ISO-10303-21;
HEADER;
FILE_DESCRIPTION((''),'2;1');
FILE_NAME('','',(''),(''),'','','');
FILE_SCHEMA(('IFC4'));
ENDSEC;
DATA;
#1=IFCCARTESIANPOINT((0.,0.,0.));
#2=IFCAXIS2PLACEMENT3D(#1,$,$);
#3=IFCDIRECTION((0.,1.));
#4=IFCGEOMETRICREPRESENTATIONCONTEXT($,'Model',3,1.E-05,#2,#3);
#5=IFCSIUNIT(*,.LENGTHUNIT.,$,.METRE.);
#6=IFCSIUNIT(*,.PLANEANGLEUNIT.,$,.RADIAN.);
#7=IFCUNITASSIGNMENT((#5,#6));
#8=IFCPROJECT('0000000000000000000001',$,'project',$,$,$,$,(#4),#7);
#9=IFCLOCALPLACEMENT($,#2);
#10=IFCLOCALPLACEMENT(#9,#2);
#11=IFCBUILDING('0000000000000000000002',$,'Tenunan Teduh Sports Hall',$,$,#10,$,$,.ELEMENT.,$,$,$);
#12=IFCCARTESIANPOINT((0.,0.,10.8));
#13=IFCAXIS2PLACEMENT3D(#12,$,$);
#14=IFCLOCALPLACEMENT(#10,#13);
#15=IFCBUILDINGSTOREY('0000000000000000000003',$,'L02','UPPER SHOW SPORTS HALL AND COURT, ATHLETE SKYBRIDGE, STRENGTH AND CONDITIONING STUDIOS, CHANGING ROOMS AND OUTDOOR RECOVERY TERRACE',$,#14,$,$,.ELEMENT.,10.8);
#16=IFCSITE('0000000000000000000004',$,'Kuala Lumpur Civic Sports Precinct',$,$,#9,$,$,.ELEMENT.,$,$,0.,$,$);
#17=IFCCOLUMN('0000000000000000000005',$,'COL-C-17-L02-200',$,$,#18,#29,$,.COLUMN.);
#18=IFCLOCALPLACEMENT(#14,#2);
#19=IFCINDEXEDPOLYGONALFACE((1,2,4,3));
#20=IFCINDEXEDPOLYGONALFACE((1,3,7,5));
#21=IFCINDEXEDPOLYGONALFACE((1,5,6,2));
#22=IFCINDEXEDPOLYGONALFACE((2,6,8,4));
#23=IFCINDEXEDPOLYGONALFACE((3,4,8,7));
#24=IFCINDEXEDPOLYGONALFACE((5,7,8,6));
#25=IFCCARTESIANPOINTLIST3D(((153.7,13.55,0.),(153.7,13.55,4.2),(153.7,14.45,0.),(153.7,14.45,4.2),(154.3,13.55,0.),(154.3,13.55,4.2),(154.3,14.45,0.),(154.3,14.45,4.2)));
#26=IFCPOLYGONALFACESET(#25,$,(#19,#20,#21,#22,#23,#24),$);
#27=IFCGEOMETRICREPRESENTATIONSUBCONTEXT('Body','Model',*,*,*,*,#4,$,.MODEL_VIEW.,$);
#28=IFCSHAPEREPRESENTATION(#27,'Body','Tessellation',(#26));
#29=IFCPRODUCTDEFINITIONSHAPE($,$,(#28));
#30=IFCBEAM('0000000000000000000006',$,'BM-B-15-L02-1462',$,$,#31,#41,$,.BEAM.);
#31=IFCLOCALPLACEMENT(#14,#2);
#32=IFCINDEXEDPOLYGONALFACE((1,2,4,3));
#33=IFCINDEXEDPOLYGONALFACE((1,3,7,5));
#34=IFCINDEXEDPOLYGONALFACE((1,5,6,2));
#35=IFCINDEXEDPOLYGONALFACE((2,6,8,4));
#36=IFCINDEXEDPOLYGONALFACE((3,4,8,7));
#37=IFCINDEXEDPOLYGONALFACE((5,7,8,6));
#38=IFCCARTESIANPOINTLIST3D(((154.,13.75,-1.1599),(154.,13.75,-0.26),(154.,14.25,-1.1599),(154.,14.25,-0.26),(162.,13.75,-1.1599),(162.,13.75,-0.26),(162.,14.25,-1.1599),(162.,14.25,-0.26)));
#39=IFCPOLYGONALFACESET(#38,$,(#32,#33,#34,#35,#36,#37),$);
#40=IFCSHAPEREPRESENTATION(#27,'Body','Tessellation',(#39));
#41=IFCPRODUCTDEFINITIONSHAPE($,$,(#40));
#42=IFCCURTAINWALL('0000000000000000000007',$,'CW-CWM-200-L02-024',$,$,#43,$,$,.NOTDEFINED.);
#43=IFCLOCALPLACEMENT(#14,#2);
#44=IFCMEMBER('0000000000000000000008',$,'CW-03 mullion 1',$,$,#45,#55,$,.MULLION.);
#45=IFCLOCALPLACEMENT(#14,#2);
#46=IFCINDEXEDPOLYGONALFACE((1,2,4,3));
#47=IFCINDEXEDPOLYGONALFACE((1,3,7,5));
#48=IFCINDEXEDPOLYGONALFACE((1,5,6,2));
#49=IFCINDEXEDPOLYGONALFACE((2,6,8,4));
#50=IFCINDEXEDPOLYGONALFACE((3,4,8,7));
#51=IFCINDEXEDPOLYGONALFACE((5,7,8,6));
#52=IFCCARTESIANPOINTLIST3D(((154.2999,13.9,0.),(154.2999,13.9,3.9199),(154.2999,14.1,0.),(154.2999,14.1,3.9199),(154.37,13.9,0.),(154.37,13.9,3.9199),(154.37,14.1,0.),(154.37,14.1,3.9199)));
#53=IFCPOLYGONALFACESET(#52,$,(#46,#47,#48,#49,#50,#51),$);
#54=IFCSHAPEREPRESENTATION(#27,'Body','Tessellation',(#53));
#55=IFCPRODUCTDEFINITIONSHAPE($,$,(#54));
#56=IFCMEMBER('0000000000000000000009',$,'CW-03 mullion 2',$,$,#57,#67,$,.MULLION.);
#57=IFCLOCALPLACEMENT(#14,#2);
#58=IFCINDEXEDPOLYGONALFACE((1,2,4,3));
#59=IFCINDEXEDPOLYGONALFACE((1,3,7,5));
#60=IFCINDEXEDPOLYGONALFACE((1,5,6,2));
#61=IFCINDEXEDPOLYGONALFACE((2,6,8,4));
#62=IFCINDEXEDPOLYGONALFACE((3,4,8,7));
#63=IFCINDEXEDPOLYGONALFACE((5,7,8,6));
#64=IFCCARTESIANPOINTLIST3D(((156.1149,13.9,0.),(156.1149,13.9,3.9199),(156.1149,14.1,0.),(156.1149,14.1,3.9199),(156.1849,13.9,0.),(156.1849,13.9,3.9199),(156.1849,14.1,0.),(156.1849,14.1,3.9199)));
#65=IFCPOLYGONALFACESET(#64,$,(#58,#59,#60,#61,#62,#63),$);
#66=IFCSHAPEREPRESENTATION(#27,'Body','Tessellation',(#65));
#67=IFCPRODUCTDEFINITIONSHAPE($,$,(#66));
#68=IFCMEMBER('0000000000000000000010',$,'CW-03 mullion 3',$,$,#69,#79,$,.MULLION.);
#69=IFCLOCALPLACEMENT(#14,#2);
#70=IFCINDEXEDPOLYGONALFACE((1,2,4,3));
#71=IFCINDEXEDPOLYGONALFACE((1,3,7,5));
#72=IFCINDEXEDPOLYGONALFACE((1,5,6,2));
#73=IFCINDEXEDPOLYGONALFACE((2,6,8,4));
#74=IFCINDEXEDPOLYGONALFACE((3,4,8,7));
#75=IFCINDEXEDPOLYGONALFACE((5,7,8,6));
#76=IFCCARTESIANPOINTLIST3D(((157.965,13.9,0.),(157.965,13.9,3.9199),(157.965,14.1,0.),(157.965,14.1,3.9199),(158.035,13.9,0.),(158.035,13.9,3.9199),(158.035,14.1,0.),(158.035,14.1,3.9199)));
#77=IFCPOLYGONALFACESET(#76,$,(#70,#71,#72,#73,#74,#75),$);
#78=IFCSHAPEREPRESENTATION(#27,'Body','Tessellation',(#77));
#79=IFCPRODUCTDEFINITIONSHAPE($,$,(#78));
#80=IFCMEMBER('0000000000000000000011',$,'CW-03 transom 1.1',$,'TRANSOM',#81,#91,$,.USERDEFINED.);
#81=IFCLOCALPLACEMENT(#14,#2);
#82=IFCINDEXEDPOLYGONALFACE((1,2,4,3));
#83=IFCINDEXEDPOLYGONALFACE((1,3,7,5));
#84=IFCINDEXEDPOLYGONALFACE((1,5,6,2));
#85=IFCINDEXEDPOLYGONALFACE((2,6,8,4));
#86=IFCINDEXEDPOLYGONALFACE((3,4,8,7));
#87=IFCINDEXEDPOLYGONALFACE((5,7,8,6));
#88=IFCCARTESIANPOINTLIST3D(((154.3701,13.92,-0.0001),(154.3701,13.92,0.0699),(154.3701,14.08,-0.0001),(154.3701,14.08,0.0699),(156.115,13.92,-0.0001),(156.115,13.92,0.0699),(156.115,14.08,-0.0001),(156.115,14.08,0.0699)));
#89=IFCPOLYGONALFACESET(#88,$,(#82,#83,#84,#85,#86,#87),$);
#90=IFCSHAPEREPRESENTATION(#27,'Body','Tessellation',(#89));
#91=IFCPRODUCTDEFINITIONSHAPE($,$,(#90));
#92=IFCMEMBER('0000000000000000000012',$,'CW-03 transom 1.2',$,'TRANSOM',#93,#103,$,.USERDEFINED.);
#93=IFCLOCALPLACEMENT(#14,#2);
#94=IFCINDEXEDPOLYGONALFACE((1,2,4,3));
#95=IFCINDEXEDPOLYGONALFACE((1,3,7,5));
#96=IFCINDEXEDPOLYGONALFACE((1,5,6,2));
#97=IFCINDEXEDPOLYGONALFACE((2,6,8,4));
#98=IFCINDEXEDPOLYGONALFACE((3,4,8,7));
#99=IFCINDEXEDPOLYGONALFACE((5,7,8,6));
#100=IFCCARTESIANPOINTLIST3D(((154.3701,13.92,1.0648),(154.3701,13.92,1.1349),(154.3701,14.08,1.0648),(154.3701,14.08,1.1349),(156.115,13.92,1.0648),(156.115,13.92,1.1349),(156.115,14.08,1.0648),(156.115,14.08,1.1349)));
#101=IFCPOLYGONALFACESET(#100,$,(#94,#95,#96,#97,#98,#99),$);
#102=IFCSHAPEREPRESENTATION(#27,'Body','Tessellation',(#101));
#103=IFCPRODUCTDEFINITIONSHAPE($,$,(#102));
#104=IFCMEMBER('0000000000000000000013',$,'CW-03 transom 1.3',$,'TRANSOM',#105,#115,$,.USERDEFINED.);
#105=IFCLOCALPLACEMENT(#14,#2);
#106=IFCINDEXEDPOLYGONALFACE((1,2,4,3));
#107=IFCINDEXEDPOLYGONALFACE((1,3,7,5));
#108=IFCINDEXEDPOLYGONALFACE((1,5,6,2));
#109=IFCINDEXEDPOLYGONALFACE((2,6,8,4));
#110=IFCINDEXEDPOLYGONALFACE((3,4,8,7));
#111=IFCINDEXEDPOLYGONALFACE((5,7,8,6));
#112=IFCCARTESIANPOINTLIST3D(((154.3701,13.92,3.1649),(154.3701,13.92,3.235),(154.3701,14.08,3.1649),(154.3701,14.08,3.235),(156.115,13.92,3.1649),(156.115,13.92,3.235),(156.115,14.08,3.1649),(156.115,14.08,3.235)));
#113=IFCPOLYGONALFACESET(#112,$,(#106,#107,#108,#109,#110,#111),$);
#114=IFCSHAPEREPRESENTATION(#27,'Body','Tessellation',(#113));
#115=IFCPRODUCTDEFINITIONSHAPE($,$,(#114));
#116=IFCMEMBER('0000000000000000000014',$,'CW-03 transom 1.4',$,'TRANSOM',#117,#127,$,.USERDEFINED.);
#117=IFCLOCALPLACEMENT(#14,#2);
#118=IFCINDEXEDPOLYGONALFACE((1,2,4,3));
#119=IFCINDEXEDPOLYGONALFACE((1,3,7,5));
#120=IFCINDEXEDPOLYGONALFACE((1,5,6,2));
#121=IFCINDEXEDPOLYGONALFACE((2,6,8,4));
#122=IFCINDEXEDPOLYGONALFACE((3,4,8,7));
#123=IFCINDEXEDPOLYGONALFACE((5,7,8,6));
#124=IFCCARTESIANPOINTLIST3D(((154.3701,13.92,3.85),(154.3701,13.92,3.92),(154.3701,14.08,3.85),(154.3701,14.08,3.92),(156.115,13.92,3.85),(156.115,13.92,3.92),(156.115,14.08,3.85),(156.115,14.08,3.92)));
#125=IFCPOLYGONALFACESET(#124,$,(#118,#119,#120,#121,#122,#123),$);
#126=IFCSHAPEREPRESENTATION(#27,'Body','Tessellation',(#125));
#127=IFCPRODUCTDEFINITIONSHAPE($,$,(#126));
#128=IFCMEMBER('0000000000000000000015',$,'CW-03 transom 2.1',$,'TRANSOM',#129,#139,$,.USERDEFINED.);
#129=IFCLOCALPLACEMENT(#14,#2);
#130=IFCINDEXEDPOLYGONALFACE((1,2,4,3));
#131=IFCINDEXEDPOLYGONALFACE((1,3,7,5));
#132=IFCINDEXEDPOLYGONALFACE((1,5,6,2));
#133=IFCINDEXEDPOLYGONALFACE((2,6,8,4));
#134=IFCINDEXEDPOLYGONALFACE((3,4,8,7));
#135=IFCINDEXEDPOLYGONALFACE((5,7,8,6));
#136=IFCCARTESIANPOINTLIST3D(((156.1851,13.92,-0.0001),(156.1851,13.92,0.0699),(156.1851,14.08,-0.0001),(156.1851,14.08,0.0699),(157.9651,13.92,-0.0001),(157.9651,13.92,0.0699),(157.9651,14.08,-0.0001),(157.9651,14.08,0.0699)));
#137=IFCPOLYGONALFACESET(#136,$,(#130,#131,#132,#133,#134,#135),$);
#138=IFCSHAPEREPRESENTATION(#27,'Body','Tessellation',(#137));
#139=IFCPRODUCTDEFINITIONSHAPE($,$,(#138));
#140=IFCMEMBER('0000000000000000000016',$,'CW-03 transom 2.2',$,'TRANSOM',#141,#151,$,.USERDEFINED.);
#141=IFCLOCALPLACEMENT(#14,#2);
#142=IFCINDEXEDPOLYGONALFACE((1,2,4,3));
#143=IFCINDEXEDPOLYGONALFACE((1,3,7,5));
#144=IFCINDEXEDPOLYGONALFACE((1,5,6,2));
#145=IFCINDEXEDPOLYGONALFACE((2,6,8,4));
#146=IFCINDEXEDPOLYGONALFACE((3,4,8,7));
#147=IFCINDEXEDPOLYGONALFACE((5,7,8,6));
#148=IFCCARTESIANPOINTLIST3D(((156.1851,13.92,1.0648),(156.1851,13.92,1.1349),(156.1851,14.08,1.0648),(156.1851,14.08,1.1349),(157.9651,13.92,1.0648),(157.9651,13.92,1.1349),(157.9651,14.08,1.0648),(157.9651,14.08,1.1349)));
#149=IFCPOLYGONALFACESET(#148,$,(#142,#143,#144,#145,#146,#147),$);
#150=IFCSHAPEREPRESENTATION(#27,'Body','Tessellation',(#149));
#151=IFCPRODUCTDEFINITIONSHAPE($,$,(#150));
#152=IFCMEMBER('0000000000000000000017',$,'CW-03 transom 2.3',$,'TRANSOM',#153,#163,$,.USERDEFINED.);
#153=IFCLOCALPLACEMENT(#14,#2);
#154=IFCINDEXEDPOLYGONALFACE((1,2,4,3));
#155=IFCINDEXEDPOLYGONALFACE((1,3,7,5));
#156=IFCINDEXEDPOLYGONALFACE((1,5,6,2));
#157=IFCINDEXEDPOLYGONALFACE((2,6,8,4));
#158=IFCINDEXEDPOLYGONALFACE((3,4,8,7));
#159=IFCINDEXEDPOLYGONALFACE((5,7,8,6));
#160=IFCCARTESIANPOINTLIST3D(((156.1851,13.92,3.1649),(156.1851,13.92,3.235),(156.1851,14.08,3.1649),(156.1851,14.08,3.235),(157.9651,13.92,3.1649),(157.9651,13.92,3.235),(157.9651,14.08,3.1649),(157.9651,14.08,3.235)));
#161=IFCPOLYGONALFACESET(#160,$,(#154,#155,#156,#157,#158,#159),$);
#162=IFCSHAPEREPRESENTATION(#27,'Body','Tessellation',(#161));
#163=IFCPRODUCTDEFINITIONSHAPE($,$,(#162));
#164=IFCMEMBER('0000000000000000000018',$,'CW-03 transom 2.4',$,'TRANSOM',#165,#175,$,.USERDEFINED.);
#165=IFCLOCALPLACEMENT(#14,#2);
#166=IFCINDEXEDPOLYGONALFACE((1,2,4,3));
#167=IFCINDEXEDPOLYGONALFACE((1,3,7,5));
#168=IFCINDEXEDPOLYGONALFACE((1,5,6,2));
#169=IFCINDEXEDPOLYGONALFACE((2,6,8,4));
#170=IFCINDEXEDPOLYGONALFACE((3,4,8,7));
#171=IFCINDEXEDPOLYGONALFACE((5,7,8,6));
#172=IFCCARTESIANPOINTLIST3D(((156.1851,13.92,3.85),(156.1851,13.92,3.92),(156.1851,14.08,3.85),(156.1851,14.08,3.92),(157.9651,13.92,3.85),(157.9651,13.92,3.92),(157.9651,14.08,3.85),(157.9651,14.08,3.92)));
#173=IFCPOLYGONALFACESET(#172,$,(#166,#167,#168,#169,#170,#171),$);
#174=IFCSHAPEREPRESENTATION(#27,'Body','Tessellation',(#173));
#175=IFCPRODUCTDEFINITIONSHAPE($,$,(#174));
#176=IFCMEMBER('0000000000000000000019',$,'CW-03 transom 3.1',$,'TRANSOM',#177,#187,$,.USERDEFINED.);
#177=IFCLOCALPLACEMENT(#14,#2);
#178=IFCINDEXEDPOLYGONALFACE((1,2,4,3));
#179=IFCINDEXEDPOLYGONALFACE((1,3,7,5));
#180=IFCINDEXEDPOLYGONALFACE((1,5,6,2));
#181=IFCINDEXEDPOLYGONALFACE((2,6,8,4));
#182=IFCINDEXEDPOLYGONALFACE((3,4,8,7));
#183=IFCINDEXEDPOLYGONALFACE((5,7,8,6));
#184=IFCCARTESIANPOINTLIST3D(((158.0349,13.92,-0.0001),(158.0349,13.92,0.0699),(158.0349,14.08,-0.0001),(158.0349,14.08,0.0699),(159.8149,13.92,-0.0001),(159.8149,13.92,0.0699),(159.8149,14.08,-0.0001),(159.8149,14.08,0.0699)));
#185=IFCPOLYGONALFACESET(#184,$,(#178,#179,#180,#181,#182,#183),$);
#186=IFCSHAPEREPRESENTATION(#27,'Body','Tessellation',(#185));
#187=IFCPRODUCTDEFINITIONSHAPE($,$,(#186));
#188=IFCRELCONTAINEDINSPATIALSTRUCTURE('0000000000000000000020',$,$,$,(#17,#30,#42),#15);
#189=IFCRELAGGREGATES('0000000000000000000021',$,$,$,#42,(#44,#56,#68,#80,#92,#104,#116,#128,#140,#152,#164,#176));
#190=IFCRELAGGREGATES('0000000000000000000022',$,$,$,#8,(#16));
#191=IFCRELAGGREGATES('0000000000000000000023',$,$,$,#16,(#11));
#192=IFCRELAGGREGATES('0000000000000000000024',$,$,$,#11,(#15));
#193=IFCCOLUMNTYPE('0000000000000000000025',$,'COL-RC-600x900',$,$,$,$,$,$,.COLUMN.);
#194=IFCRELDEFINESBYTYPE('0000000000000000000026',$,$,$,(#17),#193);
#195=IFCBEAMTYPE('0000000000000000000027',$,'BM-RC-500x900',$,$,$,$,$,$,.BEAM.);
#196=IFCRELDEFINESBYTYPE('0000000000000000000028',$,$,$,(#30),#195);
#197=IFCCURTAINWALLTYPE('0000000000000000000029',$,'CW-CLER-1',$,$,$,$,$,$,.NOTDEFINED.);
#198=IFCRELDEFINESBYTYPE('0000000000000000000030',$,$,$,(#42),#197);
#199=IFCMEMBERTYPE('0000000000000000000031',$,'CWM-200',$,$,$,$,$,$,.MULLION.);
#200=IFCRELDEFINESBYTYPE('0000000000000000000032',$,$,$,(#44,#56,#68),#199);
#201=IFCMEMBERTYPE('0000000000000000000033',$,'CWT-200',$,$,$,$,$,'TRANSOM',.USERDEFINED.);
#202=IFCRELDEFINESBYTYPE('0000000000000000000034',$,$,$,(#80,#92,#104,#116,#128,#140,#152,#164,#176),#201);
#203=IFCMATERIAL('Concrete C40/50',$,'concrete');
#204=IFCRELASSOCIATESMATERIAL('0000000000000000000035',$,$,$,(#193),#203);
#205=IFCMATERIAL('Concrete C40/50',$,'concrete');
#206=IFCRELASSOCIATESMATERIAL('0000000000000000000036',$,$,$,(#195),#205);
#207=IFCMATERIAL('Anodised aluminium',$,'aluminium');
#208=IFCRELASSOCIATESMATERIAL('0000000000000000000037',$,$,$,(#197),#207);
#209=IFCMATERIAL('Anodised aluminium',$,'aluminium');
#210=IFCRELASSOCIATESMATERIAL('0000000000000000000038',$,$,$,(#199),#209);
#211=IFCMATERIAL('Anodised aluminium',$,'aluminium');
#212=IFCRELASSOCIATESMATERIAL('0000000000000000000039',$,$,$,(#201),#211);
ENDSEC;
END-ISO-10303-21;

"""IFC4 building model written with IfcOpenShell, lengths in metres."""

from ifc_helpers import new_model, si_unit, direction, frame, origin, origin_2d, place, context, subcontext, project, spatial, rectangle, extrude, material, material_profile, profile_set, type_object, element, aggregate, save


model = new_model("IFC4")

# Units and contexts
model_context = context("Model", 3, precision=1e-05, world=origin(), true_north=direction((0.0, 1.0)))
body_context = subcontext(model_context, "Body", "Model", "MODEL_VIEW")
ifc_project = project(units=[si_unit("LENGTHUNIT", "METRE"), si_unit("PLANEANGLEUNIT", "RADIAN")], contexts=[model_context])

# Site, building, storey
site_placement = place(None, origin())
site = spatial("IfcSite", under=ifc_project, at=site_placement, Name="Kuala Lumpur Civic Sports Precinct", CompositionType="ELEMENT", RefElevation=0.0)
building_placement = place(site_placement, origin())
building = spatial("IfcBuilding", under=site, at=building_placement, Name="Tenunan Teduh Sports Hall", CompositionType="ELEMENT")
storey_placement = place(building_placement, frame((0.0, 0.0, 10.8)))
storey = spatial("IfcBuildingStorey", under=building, at=storey_placement, Name="L02", Description="UPPER SHOW SPORTS HALL AND COURT, ATHLETE SKYBRIDGE, STRENGTH AND CONDITIONING STUDIOS, CHANGING ROOMS AND OUTDOOR RECOVERY TERRACE", CompositionType="ELEMENT", Elevation=10.8)

# Column
ifc_material_1 = material(Name="Concrete C40/50", Category="concrete")
ifc_material_profile_1 = material_profile(ifc_material_1, rectangle(XDim=0.6001, YDim=0.8999, at=origin_2d()), Name="RC 600x900")
ifc_profile_set_1 = profile_set([ifc_material_profile_1], Name="Concrete C40/50")
column_type = type_object("IfcColumnType", Name="COL-RC-600x900", PredefinedType="COLUMN", material=ifc_profile_set_1)
column_placement = place(storey_placement, frame((154.0, 14.0, 0.0), z_axis=(0.0, 0.0, 1.0), x_axis=(1.0, 0.0, 0.0)))
element("IfcColumn", 1, at=column_placement, inside=storey, type_object=column_type, Name="COL-C-17-L02-200", PredefinedType="COLUMN", context=body_context, shape_type="SweptSolid", body=[
    extrude(rectangle(XDim=0.6001, YDim=0.8999, at=origin_2d()), origin(), (0.0, 0.0, 1.0), 4.2),
])

# Beam
ifc_material_2 = material(Name="Concrete C40/50", Category="concrete")
ifc_material_profile_2 = material_profile(ifc_material_2, rectangle(XDim=0.5, YDim=0.8999, at=origin_2d()), Name="RCB 500x900")
ifc_profile_set_2 = profile_set([ifc_material_profile_2], Name="Concrete C40/50")
beam_type = type_object("IfcBeamType", Name="BM-RC-500x900", PredefinedType="BEAM", material=ifc_profile_set_2)
beam_placement = place(storey_placement, frame((154.0, 14.0, -0.71), z_axis=(1.0, 0.0, 0.0), x_axis=(0.0, 1.0, 0.0)))
element("IfcBeam", 2, at=beam_placement, inside=storey, type_object=beam_type, Name="BM-B-15-L02-1462", PredefinedType="BEAM", context=body_context, shape_type="SweptSolid", body=[
    extrude(rectangle(XDim=0.5, YDim=0.8999, at=origin_2d()), origin(), (0.0, 0.0, 1.0), 8.0),
])

# Curtain wall, members
ifc_material_3 = material(Name="Anodised aluminium", Category="aluminium")
curtain_wall_type = type_object("IfcCurtainWallType", Name="CW-CLER-1", PredefinedType="NOTDEFINED", material=ifc_material_3)
curtain_wall_placement = place(storey_placement, origin())
curtain_wall = element("IfcCurtainWall", 3, at=curtain_wall_placement, inside=storey, type_object=curtain_wall_type, Name="CW-CWM-200-L02-024", PredefinedType="NOTDEFINED")
ifc_material_4 = material(Name="Anodised aluminium", Category="aluminium")
ifc_material_profile_3 = material_profile(ifc_material_4, rectangle(XDim=0.0701, YDim=0.2, at=origin_2d()), Name="CWM 70x200")
ifc_profile_set_3 = profile_set([ifc_material_profile_3], Name="Anodised aluminium")
member_type_1 = type_object("IfcMemberType", Name="CWM-200", PredefinedType="MULLION", material=ifc_profile_set_3)
member_1_placement = place(storey_placement, frame((154.335, 14.0, 0.0), z_axis=(0.0, 0.0, 1.0), x_axis=(1.0, 0.0, 0.0)))
member_1 = element("IfcMember", 4, at=member_1_placement, type_object=member_type_1, Name="CW-03 mullion 1", PredefinedType="MULLION", context=body_context, shape_type="SweptSolid", body=[
    extrude(rectangle(XDim=0.0701, YDim=0.2, at=origin_2d()), origin(), (0.0, 0.0, 1.0), 3.9199),
])
member_2_placement = place(storey_placement, frame((156.1499, 14.0, 0.0), z_axis=(0.0, 0.0, 1.0), x_axis=(1.0, 0.0, 0.0)))
member_2 = element("IfcMember", 5, at=member_2_placement, type_object=member_type_1, Name="CW-03 mullion 2", PredefinedType="MULLION", context=body_context, shape_type="SweptSolid", body=[
    extrude(rectangle(XDim=0.0701, YDim=0.2, at=origin_2d()), origin(), (0.0, 0.0, 1.0), 3.9199),
])
member_3_placement = place(storey_placement, frame((158.0, 14.0, 0.0), z_axis=(0.0, 0.0, 1.0), x_axis=(1.0, 0.0, 0.0)))
member_3 = element("IfcMember", 6, at=member_3_placement, type_object=member_type_1, Name="CW-03 mullion 3", PredefinedType="MULLION", context=body_context, shape_type="SweptSolid", body=[
    extrude(rectangle(XDim=0.0701, YDim=0.2, at=origin_2d()), origin(), (0.0, 0.0, 1.0), 3.9199),
])
ifc_material_5 = material(Name="Anodised aluminium", Category="aluminium")
ifc_material_profile_4 = material_profile(ifc_material_5, rectangle(XDim=0.0701, YDim=0.1599, at=origin_2d()), Name="CWT 70x160")
ifc_profile_set_4 = profile_set([ifc_material_profile_4], Name="Anodised aluminium")
member_type_2 = type_object("IfcMemberType", Name="CWT-200", ElementType="TRANSOM", PredefinedType="USERDEFINED", material=ifc_profile_set_4)
member_4_placement = place(storey_placement, frame((154.3701, 14.0, 0.0349), z_axis=(1.0, 0.0, 0.0), x_axis=(0.0, 0.0, 1.0)))
member_4 = element("IfcMember", 7, at=member_4_placement, type_object=member_type_2, Name="CW-03 transom 1.1", ObjectType="TRANSOM", PredefinedType="USERDEFINED", context=body_context, shape_type="SweptSolid", body=[
    extrude(rectangle(XDim=0.0701, YDim=0.1599, at=origin_2d()), origin(), (0.0, 0.0, 1.0), 1.7449),
])
member_5_placement = place(storey_placement, frame((154.3701, 14.0, 1.0999), z_axis=(1.0, 0.0, 0.0), x_axis=(0.0, 0.0, 1.0)))
member_5 = element("IfcMember", 8, at=member_5_placement, type_object=member_type_2, Name="CW-03 transom 1.2", ObjectType="TRANSOM", PredefinedType="USERDEFINED", context=body_context, shape_type="SweptSolid", body=[
    extrude(rectangle(XDim=0.0701, YDim=0.1599, at=origin_2d()), origin(), (0.0, 0.0, 1.0), 1.7449),
])
member_6_placement = place(storey_placement, frame((154.3701, 14.0, 3.2), z_axis=(1.0, 0.0, 0.0), x_axis=(0.0, 0.0, 1.0)))
member_6 = element("IfcMember", 9, at=member_6_placement, type_object=member_type_2, Name="CW-03 transom 1.3", ObjectType="TRANSOM", PredefinedType="USERDEFINED", context=body_context, shape_type="SweptSolid", body=[
    extrude(rectangle(XDim=0.0701, YDim=0.1599, at=origin_2d()), origin(), (0.0, 0.0, 1.0), 1.7449),
])
member_7_placement = place(storey_placement, frame((154.3701, 14.0, 3.885), z_axis=(1.0, 0.0, 0.0), x_axis=(0.0, 0.0, 1.0)))
member_7 = element("IfcMember", 10, at=member_7_placement, type_object=member_type_2, Name="CW-03 transom 1.4", ObjectType="TRANSOM", PredefinedType="USERDEFINED", context=body_context, shape_type="SweptSolid", body=[
    extrude(rectangle(XDim=0.0701, YDim=0.1599, at=origin_2d()), origin(), (0.0, 0.0, 1.0), 1.7449),
])
member_8_placement = place(storey_placement, frame((156.1851, 14.0, 0.0349), z_axis=(1.0, 0.0, 0.0), x_axis=(0.0, 0.0, 1.0)))
member_8 = element("IfcMember", 11, at=member_8_placement, type_object=member_type_2, Name="CW-03 transom 2.1", ObjectType="TRANSOM", PredefinedType="USERDEFINED", context=body_context, shape_type="SweptSolid", body=[
    extrude(rectangle(XDim=0.0701, YDim=0.1599, at=origin_2d()), origin(), (0.0, 0.0, 1.0), 1.78),
])
member_9_placement = place(storey_placement, frame((156.1851, 14.0, 1.0999), z_axis=(1.0, 0.0, 0.0), x_axis=(0.0, 0.0, 1.0)))
member_9 = element("IfcMember", 12, at=member_9_placement, type_object=member_type_2, Name="CW-03 transom 2.2", ObjectType="TRANSOM", PredefinedType="USERDEFINED", context=body_context, shape_type="SweptSolid", body=[
    extrude(rectangle(XDim=0.0701, YDim=0.1599, at=origin_2d()), origin(), (0.0, 0.0, 1.0), 1.78),
])
member_10_placement = place(storey_placement, frame((156.1851, 14.0, 3.2), z_axis=(1.0, 0.0, 0.0), x_axis=(0.0, 0.0, 1.0)))
member_10 = element("IfcMember", 13, at=member_10_placement, type_object=member_type_2, Name="CW-03 transom 2.3", ObjectType="TRANSOM", PredefinedType="USERDEFINED", context=body_context, shape_type="SweptSolid", body=[
    extrude(rectangle(XDim=0.0701, YDim=0.1599, at=origin_2d()), origin(), (0.0, 0.0, 1.0), 1.78),
])
member_11_placement = place(storey_placement, frame((156.1851, 14.0, 3.885), z_axis=(1.0, 0.0, 0.0), x_axis=(0.0, 0.0, 1.0)))
member_11 = element("IfcMember", 14, at=member_11_placement, type_object=member_type_2, Name="CW-03 transom 2.4", ObjectType="TRANSOM", PredefinedType="USERDEFINED", context=body_context, shape_type="SweptSolid", body=[
    extrude(rectangle(XDim=0.0701, YDim=0.1599, at=origin_2d()), origin(), (0.0, 0.0, 1.0), 1.78),
])
member_12_placement = place(storey_placement, frame((158.0349, 14.0, 0.0349), z_axis=(1.0, 0.0, 0.0), x_axis=(0.0, 0.0, 1.0)))
member_12 = element("IfcMember", 15, at=member_12_placement, type_object=member_type_2, Name="CW-03 transom 3.1", ObjectType="TRANSOM", PredefinedType="USERDEFINED", context=body_context, shape_type="SweptSolid", body=[
    extrude(rectangle(XDim=0.0701, YDim=0.1599, at=origin_2d()), origin(), (0.0, 0.0, 1.0), 1.78),
])

aggregate(curtain_wall, [member_1, member_2, member_3, member_4, member_5, member_6, member_7, member_8, member_9, member_10, member_11, member_12])

save(model, "model.ifc")
